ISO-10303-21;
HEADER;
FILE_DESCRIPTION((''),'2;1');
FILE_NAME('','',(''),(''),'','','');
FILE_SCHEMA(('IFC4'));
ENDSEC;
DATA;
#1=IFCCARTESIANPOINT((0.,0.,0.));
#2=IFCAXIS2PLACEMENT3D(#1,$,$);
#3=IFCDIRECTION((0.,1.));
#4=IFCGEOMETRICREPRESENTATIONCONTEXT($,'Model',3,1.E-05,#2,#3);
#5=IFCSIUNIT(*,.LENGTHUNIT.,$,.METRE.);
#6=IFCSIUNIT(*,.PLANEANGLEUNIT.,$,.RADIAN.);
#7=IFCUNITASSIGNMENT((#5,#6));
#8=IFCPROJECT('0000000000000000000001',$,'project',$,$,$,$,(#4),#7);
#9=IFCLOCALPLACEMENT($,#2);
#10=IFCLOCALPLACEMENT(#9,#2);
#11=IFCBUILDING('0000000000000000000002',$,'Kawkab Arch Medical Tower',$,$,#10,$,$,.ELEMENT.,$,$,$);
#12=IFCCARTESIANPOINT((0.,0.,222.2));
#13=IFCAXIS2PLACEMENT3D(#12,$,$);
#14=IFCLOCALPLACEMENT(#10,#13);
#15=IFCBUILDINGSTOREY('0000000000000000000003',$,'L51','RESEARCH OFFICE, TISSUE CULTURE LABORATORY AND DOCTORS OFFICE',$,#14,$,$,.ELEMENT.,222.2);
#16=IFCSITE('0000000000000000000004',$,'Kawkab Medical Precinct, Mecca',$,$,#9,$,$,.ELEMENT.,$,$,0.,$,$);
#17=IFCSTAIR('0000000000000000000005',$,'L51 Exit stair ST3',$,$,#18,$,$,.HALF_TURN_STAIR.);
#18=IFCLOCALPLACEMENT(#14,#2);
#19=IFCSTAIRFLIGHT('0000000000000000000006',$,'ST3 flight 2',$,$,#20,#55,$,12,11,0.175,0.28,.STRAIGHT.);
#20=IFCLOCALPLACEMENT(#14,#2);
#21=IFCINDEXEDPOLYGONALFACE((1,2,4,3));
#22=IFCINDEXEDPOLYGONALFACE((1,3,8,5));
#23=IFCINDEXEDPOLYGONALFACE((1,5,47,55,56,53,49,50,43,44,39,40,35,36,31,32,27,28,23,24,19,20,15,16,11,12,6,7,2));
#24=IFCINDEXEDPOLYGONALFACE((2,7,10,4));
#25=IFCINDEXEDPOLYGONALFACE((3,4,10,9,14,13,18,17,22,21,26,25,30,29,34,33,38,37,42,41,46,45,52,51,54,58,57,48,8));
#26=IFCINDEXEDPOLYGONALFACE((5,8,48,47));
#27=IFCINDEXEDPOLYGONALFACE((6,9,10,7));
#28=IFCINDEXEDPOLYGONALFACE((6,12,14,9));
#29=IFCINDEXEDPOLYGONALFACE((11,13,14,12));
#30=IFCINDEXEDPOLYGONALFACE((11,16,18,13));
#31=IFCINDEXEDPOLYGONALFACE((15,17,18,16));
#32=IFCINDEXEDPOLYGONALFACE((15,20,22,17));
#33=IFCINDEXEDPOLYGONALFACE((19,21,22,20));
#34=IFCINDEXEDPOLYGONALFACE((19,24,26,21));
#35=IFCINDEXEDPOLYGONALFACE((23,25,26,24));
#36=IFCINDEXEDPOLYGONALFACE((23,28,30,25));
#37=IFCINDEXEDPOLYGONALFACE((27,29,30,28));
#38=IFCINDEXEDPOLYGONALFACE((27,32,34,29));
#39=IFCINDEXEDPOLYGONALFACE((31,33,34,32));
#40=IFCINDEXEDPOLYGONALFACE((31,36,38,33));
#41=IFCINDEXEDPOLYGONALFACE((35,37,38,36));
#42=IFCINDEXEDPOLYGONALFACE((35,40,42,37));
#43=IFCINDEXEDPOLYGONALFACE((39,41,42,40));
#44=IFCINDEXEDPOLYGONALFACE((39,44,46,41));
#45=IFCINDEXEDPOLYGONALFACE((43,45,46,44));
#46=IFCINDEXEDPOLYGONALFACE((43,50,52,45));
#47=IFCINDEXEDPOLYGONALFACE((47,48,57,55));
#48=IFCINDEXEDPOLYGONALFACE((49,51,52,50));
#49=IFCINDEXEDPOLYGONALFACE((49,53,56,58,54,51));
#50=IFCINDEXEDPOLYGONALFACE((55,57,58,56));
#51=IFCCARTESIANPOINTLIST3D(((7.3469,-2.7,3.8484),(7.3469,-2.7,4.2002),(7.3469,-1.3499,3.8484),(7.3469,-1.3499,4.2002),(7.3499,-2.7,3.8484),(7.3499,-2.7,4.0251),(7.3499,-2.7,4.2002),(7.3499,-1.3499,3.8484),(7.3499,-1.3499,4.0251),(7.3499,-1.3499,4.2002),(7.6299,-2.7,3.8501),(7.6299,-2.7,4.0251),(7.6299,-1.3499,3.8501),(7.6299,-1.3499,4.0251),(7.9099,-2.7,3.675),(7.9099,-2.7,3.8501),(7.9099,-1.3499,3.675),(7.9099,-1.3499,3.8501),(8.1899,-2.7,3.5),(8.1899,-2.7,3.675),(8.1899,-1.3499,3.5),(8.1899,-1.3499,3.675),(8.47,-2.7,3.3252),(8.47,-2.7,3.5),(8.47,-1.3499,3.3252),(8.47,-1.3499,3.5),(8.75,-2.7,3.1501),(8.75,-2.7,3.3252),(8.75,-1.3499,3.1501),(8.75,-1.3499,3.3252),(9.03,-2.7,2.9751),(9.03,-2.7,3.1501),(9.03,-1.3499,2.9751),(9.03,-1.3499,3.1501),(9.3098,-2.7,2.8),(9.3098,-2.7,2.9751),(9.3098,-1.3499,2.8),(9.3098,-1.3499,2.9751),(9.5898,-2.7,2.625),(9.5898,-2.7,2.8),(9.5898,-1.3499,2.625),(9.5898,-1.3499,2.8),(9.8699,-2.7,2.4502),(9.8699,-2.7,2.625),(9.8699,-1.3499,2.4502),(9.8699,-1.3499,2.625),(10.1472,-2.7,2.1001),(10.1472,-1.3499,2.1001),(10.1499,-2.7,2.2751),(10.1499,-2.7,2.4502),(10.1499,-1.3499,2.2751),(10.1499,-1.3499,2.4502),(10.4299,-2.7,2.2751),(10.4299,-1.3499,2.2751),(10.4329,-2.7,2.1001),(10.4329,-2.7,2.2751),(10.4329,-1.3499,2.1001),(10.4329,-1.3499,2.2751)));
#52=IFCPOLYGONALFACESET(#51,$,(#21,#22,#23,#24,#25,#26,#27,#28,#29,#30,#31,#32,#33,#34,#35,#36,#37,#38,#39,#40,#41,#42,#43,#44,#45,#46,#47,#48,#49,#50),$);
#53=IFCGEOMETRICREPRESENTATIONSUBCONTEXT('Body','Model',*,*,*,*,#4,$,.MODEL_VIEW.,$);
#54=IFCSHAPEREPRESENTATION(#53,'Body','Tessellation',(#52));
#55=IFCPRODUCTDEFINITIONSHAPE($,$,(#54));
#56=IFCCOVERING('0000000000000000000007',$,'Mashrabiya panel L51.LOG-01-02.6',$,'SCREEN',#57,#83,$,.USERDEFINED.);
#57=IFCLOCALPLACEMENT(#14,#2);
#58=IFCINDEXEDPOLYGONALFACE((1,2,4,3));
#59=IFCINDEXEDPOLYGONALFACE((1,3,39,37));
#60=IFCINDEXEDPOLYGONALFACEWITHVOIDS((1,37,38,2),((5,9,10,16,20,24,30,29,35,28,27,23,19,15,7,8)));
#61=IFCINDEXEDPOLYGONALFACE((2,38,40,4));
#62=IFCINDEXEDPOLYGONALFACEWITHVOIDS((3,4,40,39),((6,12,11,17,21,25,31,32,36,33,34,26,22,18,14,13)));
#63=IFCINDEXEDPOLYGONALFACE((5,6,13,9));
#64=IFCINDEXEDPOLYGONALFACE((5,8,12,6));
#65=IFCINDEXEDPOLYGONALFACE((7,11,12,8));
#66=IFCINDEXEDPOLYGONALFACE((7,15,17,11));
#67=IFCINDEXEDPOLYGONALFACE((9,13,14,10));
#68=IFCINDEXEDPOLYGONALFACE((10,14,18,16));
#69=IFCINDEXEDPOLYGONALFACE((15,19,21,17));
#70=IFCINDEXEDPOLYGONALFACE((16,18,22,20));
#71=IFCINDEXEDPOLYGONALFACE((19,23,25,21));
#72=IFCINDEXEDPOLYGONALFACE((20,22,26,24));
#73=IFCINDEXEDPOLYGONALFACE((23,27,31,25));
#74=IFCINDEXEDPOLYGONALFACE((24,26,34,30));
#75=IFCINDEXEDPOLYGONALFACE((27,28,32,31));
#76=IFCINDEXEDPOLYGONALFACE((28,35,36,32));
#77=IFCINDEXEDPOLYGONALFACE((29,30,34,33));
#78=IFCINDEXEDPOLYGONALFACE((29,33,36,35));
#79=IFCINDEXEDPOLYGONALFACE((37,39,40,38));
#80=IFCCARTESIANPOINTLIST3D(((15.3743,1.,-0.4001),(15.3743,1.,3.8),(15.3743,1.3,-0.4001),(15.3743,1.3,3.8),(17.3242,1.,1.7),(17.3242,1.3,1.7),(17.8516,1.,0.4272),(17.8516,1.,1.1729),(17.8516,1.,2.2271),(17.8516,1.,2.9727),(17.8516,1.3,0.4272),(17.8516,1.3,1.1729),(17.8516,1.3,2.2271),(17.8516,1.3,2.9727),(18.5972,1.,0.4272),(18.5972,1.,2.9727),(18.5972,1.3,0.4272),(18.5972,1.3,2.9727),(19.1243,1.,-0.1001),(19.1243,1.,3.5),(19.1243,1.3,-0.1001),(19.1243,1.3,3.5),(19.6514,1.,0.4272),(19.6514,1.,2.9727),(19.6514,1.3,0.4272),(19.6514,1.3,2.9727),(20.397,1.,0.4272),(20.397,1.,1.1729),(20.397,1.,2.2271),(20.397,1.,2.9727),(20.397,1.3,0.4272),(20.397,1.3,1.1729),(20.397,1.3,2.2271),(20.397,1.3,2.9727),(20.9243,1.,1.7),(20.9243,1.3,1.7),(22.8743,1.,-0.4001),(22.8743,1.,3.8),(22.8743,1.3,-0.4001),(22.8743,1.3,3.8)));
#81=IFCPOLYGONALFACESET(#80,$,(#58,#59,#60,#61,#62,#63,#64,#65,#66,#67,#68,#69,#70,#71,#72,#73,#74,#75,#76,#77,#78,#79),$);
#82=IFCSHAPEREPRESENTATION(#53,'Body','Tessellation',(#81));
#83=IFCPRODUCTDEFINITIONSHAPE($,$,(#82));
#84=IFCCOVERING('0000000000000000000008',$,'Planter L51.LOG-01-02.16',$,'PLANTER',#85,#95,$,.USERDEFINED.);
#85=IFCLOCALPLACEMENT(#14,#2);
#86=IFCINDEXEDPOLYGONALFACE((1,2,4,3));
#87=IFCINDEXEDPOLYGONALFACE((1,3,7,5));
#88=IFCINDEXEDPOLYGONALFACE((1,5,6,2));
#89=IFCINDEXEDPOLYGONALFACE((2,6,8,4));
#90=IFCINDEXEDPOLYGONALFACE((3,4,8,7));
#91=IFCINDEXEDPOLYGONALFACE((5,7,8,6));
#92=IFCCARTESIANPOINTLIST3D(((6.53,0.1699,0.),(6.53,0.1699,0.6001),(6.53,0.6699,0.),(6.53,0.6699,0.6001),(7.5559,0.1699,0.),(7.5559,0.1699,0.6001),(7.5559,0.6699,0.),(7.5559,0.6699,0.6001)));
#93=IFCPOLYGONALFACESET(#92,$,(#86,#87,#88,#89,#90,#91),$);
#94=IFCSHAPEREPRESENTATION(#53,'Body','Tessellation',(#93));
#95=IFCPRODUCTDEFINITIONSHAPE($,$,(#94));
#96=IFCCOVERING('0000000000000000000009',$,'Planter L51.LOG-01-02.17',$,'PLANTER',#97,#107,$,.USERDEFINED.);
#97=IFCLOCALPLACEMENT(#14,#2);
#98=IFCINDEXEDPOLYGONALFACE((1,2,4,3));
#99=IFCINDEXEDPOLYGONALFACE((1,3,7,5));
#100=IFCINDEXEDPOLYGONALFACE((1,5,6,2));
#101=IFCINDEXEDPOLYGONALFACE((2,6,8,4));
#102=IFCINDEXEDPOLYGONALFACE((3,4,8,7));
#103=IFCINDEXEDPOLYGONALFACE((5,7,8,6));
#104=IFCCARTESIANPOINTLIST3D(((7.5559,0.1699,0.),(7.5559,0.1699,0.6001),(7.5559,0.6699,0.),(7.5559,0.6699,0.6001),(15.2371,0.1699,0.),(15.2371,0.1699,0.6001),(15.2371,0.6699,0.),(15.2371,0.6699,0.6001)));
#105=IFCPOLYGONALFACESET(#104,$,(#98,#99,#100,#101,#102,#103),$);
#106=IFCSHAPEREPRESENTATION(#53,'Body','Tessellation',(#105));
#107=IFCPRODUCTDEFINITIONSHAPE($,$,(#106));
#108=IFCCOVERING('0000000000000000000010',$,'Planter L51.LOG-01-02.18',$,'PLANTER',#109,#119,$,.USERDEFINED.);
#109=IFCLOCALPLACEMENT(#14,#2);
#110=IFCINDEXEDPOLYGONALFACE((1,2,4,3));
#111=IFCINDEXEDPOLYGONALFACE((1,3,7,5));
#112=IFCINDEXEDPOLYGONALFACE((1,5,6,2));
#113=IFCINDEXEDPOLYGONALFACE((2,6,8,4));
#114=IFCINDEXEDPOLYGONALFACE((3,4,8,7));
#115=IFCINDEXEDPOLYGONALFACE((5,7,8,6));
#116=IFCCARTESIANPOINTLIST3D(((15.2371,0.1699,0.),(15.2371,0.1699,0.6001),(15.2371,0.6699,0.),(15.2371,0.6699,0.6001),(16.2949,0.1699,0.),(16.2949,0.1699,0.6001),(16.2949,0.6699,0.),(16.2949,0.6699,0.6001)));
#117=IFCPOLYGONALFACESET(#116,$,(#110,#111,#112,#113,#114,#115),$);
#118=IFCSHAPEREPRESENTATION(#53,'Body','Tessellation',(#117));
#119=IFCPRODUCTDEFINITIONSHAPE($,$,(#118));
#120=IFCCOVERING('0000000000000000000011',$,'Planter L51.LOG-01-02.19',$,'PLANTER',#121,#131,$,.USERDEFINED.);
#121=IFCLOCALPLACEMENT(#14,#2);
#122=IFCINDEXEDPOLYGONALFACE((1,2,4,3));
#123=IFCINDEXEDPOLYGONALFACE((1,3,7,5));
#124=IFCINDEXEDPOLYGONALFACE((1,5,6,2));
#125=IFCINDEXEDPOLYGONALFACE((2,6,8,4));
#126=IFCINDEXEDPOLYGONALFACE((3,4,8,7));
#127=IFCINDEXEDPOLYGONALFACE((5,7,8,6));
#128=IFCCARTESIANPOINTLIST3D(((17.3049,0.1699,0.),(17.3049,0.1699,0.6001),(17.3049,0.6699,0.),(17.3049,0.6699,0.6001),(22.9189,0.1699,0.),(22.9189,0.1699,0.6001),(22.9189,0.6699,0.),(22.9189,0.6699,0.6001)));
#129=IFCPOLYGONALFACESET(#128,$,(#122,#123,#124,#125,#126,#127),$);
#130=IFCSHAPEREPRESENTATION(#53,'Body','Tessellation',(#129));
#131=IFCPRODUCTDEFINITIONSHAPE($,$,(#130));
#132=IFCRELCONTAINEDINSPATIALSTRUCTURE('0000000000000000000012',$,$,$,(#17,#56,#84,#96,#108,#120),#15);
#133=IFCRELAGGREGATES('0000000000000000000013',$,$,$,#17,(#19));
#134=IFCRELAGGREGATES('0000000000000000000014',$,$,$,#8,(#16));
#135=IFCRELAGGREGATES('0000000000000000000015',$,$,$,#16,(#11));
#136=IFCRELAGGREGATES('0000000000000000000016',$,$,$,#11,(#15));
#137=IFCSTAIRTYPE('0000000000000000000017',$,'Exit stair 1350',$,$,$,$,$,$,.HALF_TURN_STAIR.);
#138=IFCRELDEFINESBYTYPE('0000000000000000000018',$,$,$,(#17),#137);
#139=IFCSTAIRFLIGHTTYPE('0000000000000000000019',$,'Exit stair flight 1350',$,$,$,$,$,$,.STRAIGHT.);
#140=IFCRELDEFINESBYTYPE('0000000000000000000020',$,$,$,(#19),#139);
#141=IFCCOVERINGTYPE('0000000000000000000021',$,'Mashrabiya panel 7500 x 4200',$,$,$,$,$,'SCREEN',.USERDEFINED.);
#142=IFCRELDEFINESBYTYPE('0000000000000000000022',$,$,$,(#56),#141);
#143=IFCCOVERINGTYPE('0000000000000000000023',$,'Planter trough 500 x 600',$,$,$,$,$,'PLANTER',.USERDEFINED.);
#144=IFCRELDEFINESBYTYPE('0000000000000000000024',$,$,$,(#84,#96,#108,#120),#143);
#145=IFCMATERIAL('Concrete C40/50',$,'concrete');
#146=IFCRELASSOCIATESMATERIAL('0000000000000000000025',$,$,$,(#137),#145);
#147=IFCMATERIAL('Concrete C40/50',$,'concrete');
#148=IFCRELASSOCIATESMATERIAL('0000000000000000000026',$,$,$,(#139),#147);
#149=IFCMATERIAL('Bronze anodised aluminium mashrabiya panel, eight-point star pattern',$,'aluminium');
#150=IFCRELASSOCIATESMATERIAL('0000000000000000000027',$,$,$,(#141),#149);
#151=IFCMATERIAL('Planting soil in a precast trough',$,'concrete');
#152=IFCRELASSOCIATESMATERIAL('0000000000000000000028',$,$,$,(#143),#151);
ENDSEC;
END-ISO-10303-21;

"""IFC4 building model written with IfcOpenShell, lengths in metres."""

from ifc_helpers import new_model, si_unit, direction, frame, origin, origin_2d, place, context, subcontext, project, spatial, polyline, rectangle, outline, extrude, material, material_profile, profile_set, type_object, element, aggregate, save


model = new_model("IFC4")

# Units and contexts
model_context = context("Model", 3, precision=1e-05, world=origin(), true_north=direction((0.0, 1.0)))
body_context = subcontext(model_context, "Body", "Model", "MODEL_VIEW")
ifc_project = project(units=[si_unit("LENGTHUNIT", "METRE"), si_unit("PLANEANGLEUNIT", "RADIAN")], contexts=[model_context])

# Site, building, storey
site_placement = place(None, origin())
site = spatial("IfcSite", under=ifc_project, at=site_placement, Name="Kawkab Medical Precinct, Mecca", CompositionType="ELEMENT", RefElevation=0.0)
building_placement = place(site_placement, origin())
building = spatial("IfcBuilding", under=site, at=building_placement, Name="Kawkab Arch Medical Tower", CompositionType="ELEMENT")
storey_placement = place(building_placement, frame((0.0, 0.0, 222.2)))
storey = spatial("IfcBuildingStorey", under=building, at=storey_placement, Name="L51", Description="RESEARCH OFFICE, TISSUE CULTURE LABORATORY AND DOCTORS OFFICE", CompositionType="ELEMENT", Elevation=222.2)

# Shared definitions
placement = place(storey_placement, origin())

# Stair, stair flight
ifc_material_1 = material(Name="Concrete C40/50", Category="concrete")
stair_type = type_object("IfcStairType", Name="Exit stair 1350", PredefinedType="HALF_TURN_STAIR", material=ifc_material_1)
stair = element("IfcStair", 1, at=placement, inside=storey, type_object=stair_type, Name="L51 Exit stair ST3", PredefinedType="HALF_TURN_STAIR")
ifc_material_2 = material(Name="Concrete C40/50", Category="concrete")
stair_flight_type = type_object("IfcStairFlightType", Name="Exit stair flight 1350", PredefinedType="STRAIGHT", material=ifc_material_2)
stair_flight_placement = place(storey_placement, frame((10.4299, -2.0249, 2.1001), z_axis=(0.0, 0.0, 1.0), x_axis=(-1.0, 0.0, 0.0)))
stair_flight = element("IfcStairFlight", 2, at=stair_flight_placement, type_object=stair_flight_type, Name="ST3 flight 2", NumberOfRisers=12, NumberOfTreads=11, PredefinedType="STRAIGHT", RiserHeight=0.175, TreadLength=0.28, context=body_context, shape_type="SweptSolid", body=[
    extrude(outline(polyline([(-0.0029, 0.0), (-0.0029, 0.175), (0.0, 0.175), (0.28, 0.175), (0.28, 0.3501), (0.5601, 0.3501), (0.5601, 0.5249), (0.8401, 0.5249), (0.8401, 0.7), (1.1201, 0.7), (1.1201, 0.875), (1.3999, 0.875), (1.3999, 1.05), (1.6799, 1.05), (1.6799, 1.2251), (1.96, 1.2251), (1.96, 1.3999), (2.24, 1.3999), (2.24, 1.575), (2.52, 1.575), (2.52, 1.75), (2.8, 1.75), (2.8, 1.925), (3.0801, 1.925), (3.0801, 2.1001), (3.083, 2.1001), (3.083, 1.7483), (3.0801, 1.7483), (0.2827, 0.0), (-0.0029, 0.0)])), frame((0.0, 0.675, 0.0), z_axis=(0.0, -1.0, 0.0), x_axis=(1.0, 0.0, 0.0)), (0.0, 0.0, 1.0), 1.3501),
])
aggregate(stair, [stair_flight])

# Coverings
ifc_material_3 = material(Name="Bronze anodised aluminium mashrabiya panel, eight-point star pattern", Category="aluminium")
ifc_material_profile_1 = material_profile(ifc_material_3, outline(polyline([(-3.75, -2.1001), (3.75, -2.1001), (3.75, 2.1001), (-3.75, 2.1001), (-3.75, -2.1001)]), holes=[polyline([(1.8, 0.0), (1.2727, 0.5271), (1.2727, 1.2727), (0.5271, 1.2727), (0.0, 1.8), (-0.5271, 1.2727), (-1.2727, 1.2727), (-1.2727, 0.5271), (-1.8, 0.0), (-1.2727, -0.5271), (-1.2727, -1.2727), (-0.5271, -1.2727), (0.0, -1.8), (0.5271, -1.2727), (1.2727, -1.2727), (1.2727, -0.5271), (1.8, 0.0)])]), Name="Mashrabiya panel 7500x4200")
ifc_profile_set_1 = profile_set([ifc_material_profile_1], Name="Bronze anodised aluminium mashrabiya panel, eight-point star pattern")
covering_type_1 = type_object("IfcCoveringType", Name="Mashrabiya panel 7500 x 4200", ElementType="SCREEN", PredefinedType="USERDEFINED", material=ifc_profile_set_1)
covering_1_placement = place(storey_placement, frame((19.1243, 1.0, 1.7), z_axis=(0.0, 1.0, 0.0), x_axis=(-1.0, 0.0, 0.0)))
element("IfcCovering", 3, at=covering_1_placement, inside=storey, type_object=covering_type_1, Name="Mashrabiya panel L51.LOG-01-02.6", ObjectType="SCREEN", PredefinedType="USERDEFINED", context=body_context, shape_type="SweptSolid", body=[
    extrude(outline(polyline([(-3.75, -2.1001), (3.75, -2.1001), (3.75, 2.1001), (-3.75, 2.1001), (-3.75, -2.1001)]), holes=[polyline([(1.8, 0.0), (1.2727, 0.5271), (1.2727, 1.2727), (0.5271, 1.2727), (0.0, 1.8), (-0.5271, 1.2727), (-1.2727, 1.2727), (-1.2727, 0.5271), (-1.8, 0.0), (-1.2727, -0.5271), (-1.2727, -1.2727), (-0.5271, -1.2727), (0.0, -1.8), (0.5271, -1.2727), (1.2727, -1.2727), (1.2727, -0.5271), (1.8, 0.0)])]), origin(), (0.0, 0.0, 1.0), 0.3),
])
ifc_material_4 = material(Name="Planting soil in a precast trough", Category="concrete")
ifc_material_profile_2 = material_profile(ifc_material_4, rectangle(XDim=0.5, YDim=0.6001, at=origin_2d()), Name="Trough 500x600")
ifc_profile_set_2 = profile_set([ifc_material_profile_2], Name="Planting soil in a precast trough")
covering_type_2 = type_object("IfcCoveringType", Name="Planter trough 500 x 600", ElementType="PLANTER", PredefinedType="USERDEFINED", material=ifc_profile_set_2)
covering_2_placement = place(storey_placement, frame((6.53, 0.4199, 0.3), z_axis=(1.0, 0.0, 0.0), x_axis=(0.0, 1.0, 0.0)))
element("IfcCovering", 4, at=covering_2_placement, inside=storey, type_object=covering_type_2, Name="Planter L51.LOG-01-02.16", ObjectType="PLANTER", PredefinedType="USERDEFINED", context=body_context, shape_type="SweptSolid", body=[
    extrude(rectangle(XDim=0.5, YDim=0.6001, at=origin_2d()), origin(), (0.0, 0.0, 1.0), 1.0259),
])
covering_3_placement = place(storey_placement, frame((7.5559, 0.4199, 0.3), z_axis=(1.0, 0.0, 0.0), x_axis=(0.0, 1.0, 0.0)))
element("IfcCovering", 5, at=covering_3_placement, inside=storey, type_object=covering_type_2, Name="Planter L51.LOG-01-02.17", ObjectType="PLANTER", PredefinedType="USERDEFINED", context=body_context, shape_type="SweptSolid", body=[
    extrude(rectangle(XDim=0.5, YDim=0.6001, at=origin_2d()), origin(), (0.0, 0.0, 1.0), 7.6812),
])
covering_4_placement = place(storey_placement, frame((15.2371, 0.4199, 0.3), z_axis=(1.0, 0.0, 0.0), x_axis=(0.0, 1.0, 0.0)))
element("IfcCovering", 6, at=covering_4_placement, inside=storey, type_object=covering_type_2, Name="Planter L51.LOG-01-02.18", ObjectType="PLANTER", PredefinedType="USERDEFINED", context=body_context, shape_type="SweptSolid", body=[
    extrude(rectangle(XDim=0.5, YDim=0.6001, at=origin_2d()), origin(), (0.0, 0.0, 1.0), 1.0579),
])
covering_5_placement = place(storey_placement, frame((17.3049, 0.4199, 0.3), z_axis=(1.0, 0.0, 0.0), x_axis=(0.0, 1.0, 0.0)))
element("IfcCovering", 7, at=covering_5_placement, inside=storey, type_object=covering_type_2, Name="Planter L51.LOG-01-02.19", ObjectType="PLANTER", PredefinedType="USERDEFINED", context=body_context, shape_type="SweptSolid", body=[
    extrude(rectangle(XDim=0.5, YDim=0.6001, at=origin_2d()), origin(), (0.0, 0.0, 1.0), 5.614),
])

save(model, "model.ifc")
